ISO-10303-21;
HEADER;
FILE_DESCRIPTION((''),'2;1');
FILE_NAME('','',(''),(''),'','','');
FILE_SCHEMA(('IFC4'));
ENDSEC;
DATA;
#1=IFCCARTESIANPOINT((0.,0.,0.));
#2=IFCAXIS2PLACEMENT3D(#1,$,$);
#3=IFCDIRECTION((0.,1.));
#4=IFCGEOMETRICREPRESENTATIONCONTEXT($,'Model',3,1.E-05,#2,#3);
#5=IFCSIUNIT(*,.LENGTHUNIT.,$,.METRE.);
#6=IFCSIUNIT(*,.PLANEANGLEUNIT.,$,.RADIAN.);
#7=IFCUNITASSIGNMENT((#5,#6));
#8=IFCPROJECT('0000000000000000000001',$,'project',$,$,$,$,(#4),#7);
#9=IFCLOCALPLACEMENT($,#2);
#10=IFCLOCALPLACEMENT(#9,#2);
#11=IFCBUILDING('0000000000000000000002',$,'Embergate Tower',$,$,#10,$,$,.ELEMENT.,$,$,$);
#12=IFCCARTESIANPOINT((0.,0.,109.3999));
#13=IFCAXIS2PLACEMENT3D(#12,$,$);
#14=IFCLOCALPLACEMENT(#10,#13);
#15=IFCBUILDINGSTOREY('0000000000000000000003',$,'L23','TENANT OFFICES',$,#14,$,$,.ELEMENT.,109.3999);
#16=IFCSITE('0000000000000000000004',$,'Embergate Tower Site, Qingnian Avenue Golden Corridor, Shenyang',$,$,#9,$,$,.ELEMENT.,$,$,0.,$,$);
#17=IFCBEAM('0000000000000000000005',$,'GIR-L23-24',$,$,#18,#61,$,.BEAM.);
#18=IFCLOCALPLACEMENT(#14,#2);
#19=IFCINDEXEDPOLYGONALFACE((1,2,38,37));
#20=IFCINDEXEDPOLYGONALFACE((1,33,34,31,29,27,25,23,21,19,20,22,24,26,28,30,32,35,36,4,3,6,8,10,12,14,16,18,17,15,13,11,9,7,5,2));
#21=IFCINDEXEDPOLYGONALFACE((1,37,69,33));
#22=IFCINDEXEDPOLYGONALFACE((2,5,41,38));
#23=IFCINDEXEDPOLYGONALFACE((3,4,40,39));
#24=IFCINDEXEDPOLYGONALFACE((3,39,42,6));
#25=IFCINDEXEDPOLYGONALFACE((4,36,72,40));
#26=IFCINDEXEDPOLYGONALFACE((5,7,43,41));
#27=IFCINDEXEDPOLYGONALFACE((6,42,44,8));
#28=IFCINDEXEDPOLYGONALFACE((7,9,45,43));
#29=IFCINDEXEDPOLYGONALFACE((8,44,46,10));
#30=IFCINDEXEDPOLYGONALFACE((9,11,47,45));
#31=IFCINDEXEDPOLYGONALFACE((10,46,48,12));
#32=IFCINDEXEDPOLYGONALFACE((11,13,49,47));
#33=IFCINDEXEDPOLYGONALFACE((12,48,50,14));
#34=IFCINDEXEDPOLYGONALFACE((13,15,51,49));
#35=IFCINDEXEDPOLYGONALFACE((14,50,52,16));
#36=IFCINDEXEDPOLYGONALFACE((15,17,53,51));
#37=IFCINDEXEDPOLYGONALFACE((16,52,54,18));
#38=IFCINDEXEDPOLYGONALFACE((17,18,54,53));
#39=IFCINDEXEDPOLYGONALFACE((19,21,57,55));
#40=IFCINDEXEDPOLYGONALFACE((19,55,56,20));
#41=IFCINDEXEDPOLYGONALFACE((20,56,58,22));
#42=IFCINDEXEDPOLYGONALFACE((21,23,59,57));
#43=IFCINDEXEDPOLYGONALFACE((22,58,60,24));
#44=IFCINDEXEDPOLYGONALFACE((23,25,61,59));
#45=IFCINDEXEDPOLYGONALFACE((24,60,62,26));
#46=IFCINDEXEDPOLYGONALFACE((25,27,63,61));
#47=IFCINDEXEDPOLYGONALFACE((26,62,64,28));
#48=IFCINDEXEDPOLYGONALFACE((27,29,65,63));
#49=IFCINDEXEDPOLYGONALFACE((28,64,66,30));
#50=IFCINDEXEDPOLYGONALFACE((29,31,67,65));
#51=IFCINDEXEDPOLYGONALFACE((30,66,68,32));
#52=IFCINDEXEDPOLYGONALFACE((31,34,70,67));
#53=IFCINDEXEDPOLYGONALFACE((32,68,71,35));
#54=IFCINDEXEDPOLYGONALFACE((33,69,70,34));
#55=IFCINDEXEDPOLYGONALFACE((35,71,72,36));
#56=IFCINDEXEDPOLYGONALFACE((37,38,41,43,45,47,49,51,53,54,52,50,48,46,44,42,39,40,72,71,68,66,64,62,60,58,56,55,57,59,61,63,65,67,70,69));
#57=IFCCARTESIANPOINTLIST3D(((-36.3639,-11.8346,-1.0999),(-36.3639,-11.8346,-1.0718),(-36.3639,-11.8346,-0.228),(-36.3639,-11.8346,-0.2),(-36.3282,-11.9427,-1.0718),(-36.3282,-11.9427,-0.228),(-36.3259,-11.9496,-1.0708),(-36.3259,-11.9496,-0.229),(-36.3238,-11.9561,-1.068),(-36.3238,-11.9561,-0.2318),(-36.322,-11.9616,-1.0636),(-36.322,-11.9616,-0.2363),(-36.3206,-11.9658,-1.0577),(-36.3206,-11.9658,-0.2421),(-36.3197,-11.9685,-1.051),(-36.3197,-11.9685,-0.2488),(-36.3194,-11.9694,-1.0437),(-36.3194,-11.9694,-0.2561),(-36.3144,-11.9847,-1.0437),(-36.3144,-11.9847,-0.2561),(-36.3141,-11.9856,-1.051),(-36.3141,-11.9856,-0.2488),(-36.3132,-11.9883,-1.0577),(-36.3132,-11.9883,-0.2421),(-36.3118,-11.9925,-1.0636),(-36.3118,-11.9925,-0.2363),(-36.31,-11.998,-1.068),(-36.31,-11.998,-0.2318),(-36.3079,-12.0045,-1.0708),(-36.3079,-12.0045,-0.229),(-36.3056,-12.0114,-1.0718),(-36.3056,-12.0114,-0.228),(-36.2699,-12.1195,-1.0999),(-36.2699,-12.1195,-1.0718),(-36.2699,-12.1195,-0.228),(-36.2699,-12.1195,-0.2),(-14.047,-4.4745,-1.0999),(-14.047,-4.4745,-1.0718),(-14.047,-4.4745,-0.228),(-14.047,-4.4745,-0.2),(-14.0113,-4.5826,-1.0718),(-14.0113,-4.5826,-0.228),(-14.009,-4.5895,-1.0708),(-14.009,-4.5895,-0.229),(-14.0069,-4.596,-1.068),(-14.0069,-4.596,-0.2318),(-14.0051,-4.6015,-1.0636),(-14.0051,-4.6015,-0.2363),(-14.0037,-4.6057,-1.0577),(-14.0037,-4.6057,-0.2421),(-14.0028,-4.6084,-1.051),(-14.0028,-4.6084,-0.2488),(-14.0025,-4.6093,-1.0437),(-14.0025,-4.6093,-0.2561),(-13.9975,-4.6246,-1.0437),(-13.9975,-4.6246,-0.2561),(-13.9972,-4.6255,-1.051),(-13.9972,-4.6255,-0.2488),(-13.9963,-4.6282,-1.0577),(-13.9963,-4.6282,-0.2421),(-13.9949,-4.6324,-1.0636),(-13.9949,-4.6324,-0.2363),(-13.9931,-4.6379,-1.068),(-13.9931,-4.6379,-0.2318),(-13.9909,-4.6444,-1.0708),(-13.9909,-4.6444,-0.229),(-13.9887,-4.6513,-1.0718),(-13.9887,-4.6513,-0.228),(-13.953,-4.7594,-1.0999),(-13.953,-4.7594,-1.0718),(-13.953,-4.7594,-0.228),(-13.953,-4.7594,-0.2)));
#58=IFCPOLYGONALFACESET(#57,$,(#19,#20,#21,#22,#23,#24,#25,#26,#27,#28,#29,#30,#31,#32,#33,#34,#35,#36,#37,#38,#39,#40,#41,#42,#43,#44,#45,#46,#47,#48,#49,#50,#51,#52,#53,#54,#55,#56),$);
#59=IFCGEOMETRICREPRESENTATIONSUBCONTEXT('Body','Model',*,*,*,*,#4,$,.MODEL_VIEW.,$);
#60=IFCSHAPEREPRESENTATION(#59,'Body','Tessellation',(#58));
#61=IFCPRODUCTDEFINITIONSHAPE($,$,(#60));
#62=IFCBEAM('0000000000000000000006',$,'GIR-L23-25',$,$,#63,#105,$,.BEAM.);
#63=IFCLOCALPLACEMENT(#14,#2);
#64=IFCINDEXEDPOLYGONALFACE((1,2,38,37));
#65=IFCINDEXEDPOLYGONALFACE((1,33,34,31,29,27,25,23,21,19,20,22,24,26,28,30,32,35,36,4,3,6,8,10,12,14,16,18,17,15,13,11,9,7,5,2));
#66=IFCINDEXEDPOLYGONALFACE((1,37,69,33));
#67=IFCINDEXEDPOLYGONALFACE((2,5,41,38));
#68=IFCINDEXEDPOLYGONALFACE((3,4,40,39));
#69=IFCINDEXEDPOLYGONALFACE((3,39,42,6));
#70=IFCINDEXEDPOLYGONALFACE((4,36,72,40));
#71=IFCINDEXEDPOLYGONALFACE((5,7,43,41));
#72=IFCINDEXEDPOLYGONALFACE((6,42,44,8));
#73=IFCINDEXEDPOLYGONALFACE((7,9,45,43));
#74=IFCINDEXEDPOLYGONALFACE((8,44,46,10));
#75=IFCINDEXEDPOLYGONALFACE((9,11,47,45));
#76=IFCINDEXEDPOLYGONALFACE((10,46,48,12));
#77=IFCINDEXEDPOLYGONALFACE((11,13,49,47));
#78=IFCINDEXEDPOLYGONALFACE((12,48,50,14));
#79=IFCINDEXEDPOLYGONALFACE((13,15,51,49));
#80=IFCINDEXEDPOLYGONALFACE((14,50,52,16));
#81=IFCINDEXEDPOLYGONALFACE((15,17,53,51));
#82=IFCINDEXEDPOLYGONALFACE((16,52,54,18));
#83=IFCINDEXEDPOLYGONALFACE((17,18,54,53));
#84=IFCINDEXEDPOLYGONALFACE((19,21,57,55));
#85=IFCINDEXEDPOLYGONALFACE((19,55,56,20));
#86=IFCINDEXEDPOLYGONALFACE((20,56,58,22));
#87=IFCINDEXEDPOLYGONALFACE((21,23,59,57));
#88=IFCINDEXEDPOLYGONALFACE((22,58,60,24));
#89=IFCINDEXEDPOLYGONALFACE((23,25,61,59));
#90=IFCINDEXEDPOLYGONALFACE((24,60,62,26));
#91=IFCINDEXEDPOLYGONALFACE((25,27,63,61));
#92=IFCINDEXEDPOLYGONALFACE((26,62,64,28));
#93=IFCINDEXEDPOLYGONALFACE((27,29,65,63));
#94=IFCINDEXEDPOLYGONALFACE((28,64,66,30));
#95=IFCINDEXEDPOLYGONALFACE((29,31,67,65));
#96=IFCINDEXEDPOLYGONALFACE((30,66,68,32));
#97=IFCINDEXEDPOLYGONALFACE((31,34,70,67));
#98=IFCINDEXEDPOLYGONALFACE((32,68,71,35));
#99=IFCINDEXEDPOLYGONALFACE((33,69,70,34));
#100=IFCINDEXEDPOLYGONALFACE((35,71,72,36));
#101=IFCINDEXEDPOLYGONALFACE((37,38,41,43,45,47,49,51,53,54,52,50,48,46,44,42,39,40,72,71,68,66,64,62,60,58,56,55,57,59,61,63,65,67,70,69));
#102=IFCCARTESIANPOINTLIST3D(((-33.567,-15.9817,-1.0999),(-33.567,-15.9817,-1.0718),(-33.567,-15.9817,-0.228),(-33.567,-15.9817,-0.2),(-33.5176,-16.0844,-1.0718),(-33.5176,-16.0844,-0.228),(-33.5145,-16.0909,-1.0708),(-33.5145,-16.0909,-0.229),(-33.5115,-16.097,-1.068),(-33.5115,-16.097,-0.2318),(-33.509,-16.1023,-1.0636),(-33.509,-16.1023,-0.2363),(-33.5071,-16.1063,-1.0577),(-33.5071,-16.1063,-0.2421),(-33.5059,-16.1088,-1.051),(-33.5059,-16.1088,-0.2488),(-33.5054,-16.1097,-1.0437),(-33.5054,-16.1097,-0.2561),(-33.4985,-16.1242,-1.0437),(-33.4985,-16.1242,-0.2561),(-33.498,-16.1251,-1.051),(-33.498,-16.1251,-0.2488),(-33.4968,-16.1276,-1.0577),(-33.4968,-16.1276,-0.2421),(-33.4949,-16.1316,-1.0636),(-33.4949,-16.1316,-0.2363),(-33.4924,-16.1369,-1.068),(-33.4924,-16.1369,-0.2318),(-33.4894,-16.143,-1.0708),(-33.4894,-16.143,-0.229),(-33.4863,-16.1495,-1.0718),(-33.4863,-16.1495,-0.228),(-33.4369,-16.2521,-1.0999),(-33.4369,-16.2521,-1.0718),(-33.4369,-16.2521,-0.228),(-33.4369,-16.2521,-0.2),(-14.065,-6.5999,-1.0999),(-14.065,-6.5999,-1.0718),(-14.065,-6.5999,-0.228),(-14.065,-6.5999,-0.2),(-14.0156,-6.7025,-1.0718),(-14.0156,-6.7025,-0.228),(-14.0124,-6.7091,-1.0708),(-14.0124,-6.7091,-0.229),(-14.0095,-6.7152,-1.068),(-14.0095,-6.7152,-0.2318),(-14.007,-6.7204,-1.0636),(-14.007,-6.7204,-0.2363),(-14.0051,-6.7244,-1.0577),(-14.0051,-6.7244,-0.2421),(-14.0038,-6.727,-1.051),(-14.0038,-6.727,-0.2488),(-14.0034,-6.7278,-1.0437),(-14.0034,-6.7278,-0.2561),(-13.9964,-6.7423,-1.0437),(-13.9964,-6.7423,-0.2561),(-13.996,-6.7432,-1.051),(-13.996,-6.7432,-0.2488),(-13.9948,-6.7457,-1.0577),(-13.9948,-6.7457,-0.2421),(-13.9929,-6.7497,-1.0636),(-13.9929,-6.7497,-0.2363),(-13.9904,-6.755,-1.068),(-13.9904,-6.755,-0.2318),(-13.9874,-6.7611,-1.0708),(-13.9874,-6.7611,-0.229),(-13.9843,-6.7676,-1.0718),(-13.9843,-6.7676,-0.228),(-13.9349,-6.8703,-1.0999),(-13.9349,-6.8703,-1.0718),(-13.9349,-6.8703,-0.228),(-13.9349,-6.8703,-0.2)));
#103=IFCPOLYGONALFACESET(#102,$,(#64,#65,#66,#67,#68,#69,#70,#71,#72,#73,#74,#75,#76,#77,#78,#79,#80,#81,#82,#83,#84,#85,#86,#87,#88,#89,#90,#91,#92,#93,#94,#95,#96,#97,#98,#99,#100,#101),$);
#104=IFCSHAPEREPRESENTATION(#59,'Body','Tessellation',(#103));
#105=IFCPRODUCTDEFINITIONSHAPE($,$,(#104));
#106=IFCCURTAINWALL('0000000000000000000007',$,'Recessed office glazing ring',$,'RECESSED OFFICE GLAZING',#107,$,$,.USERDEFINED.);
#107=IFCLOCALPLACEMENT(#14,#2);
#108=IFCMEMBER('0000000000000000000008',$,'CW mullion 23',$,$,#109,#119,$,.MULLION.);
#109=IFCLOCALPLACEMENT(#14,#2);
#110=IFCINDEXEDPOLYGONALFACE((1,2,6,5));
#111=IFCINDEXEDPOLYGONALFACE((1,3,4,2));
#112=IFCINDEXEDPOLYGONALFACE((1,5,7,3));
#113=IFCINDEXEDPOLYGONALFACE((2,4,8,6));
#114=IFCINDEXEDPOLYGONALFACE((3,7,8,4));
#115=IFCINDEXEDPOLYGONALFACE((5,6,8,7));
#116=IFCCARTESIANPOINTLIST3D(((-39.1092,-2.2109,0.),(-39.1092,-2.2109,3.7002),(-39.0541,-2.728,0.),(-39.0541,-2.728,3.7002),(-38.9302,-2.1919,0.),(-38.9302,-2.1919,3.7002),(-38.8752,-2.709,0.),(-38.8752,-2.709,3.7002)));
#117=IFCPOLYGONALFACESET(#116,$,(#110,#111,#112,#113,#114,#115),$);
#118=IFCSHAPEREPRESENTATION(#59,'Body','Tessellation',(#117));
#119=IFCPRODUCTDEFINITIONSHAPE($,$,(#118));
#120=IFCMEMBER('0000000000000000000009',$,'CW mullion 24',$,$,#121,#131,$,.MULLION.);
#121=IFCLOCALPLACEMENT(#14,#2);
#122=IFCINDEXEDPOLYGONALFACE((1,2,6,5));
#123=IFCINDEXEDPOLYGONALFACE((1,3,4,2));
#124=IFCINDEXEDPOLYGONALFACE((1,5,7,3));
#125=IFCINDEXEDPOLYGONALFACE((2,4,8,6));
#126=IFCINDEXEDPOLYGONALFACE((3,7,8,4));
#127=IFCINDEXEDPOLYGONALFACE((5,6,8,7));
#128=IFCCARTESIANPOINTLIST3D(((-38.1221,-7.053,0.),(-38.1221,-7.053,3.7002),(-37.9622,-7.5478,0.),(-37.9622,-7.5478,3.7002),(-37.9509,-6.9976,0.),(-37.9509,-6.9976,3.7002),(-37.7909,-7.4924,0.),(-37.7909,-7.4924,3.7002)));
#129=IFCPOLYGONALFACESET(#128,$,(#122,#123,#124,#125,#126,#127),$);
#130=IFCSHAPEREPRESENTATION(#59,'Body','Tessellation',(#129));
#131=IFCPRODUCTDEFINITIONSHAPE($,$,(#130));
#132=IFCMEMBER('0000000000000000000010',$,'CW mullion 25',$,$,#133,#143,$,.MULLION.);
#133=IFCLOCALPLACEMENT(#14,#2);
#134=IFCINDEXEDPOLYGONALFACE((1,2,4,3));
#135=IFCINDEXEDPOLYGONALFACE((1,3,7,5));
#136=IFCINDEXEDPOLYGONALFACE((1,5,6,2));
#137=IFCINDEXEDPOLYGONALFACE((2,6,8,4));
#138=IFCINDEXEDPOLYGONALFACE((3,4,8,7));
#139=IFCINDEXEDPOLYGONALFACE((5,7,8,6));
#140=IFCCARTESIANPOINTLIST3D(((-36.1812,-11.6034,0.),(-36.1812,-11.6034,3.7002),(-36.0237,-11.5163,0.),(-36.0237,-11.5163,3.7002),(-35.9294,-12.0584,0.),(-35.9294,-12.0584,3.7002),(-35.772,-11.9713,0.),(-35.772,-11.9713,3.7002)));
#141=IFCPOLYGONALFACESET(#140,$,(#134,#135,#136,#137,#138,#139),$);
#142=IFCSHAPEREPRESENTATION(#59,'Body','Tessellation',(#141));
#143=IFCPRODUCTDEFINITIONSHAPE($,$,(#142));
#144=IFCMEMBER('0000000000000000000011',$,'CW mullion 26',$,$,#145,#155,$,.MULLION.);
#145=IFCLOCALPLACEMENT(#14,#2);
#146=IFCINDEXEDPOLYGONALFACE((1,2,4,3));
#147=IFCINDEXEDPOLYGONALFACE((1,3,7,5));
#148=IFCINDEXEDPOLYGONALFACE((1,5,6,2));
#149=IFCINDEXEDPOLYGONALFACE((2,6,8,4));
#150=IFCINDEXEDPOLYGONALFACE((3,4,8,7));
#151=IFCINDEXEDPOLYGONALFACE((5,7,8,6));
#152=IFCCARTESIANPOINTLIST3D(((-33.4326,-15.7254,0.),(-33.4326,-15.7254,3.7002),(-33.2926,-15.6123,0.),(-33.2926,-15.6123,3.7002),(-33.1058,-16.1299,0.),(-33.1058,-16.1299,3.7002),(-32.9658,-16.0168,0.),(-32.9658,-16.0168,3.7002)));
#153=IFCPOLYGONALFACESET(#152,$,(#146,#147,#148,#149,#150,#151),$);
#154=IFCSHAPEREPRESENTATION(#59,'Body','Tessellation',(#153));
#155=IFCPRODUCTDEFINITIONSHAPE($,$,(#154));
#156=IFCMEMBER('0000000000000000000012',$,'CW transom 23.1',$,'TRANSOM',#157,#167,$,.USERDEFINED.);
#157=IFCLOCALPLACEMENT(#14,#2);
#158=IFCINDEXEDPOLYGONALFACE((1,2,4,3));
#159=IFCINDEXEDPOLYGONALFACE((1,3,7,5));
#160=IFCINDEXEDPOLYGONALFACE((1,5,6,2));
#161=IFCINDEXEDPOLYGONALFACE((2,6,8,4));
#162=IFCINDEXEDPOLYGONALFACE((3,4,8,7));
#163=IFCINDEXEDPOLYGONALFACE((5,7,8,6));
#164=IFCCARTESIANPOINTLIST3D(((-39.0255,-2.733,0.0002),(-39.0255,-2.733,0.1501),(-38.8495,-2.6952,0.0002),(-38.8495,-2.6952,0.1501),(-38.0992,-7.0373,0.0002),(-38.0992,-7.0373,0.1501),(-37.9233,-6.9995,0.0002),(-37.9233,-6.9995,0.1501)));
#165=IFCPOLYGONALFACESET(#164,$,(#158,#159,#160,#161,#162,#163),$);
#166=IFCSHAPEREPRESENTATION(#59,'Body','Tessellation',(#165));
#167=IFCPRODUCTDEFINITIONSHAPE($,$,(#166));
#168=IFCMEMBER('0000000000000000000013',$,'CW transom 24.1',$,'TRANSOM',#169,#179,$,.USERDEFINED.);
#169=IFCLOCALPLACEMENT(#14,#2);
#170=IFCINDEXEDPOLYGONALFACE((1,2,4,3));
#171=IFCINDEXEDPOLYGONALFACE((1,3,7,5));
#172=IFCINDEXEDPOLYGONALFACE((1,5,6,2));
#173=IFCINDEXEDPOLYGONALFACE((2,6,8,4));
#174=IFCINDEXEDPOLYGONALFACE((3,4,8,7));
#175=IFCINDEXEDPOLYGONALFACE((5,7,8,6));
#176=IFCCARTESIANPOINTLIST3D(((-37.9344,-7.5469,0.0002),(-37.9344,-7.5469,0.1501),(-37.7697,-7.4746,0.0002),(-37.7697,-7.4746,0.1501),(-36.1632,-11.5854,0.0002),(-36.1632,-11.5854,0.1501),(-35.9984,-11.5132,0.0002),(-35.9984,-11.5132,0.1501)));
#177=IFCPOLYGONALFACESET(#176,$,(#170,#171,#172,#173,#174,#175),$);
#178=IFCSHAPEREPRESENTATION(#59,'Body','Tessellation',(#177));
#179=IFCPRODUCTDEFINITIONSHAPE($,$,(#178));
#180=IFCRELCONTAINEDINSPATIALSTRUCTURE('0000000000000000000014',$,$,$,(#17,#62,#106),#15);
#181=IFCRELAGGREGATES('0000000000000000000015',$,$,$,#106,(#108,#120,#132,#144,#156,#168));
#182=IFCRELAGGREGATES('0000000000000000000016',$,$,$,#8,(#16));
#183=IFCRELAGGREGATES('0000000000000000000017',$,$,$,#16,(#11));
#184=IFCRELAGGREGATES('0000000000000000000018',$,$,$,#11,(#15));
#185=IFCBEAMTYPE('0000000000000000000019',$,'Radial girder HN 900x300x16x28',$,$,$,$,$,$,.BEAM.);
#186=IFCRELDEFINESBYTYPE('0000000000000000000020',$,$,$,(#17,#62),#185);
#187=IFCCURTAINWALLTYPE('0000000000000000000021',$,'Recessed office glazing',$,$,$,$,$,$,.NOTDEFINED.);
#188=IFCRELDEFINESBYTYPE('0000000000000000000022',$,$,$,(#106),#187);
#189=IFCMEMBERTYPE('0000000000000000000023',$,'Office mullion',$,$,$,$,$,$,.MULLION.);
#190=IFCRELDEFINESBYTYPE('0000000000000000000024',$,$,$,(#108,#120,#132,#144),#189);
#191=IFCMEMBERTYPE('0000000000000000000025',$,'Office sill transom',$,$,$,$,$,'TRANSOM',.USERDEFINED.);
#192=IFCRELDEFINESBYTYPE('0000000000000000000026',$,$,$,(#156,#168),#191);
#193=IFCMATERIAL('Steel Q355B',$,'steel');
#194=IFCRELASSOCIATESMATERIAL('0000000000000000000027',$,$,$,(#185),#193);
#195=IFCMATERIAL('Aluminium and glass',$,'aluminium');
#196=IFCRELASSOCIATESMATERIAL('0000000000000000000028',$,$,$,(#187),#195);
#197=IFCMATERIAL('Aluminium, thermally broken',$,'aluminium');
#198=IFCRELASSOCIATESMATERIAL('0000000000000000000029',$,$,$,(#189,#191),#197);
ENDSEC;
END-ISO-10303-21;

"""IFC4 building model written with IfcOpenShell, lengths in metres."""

from ifc_helpers import new_model, si_unit, direction, frame, origin, origin_2d, place, context, subcontext, project, spatial, rectangle, i_section, extrude, source, transform, mapped, material, material_profile, profile_set, type_object, element, aggregate, save


model = new_model("IFC4")

# Units and contexts
model_context = context("Model", 3, precision=1e-05, world=origin(), true_north=direction((0.0, 1.0)))
body_context = subcontext(model_context, "Body", "Model", "MODEL_VIEW")
ifc_project = project(units=[si_unit("LENGTHUNIT", "METRE"), si_unit("PLANEANGLEUNIT", "RADIAN")], contexts=[model_context])

# Site, building, storey
site_placement = place(None, origin())
site = spatial("IfcSite", under=ifc_project, at=site_placement, Name="Embergate Tower Site, Qingnian Avenue Golden Corridor, Shenyang", CompositionType="ELEMENT", RefElevation=0.0)
building_placement = place(site_placement, origin())
building = spatial("IfcBuilding", under=site, at=building_placement, Name="Embergate Tower", CompositionType="ELEMENT")
storey_placement = place(building_placement, frame((0.0, 0.0, 109.3999)))
storey = spatial("IfcBuildingStorey", under=building, at=storey_placement, Name="L23", Description="TENANT OFFICES", CompositionType="ELEMENT", Elevation=109.3999)

# Beams
ifc_material_1 = material(Name="Steel Q355B", Category="steel")
ifc_material_profile_1 = material_profile(ifc_material_1, i_section(OverallWidth=0.3, OverallDepth=0.8999, WebThickness=0.0161, FlangeThickness=0.0281, FilletRadius=0.0281, at=origin_2d()), Name="HN 900x300x16x28")
ifc_profile_set_1 = profile_set([ifc_material_profile_1], Name="Steel Q355 grade B")
beam_type_1 = type_object("IfcBeamType", Name="Radial girder HN 900x300x16x28", PredefinedType="BEAM", material=ifc_profile_set_1)
shared_shape_1 = source(origin(), body_context, "Body", "SweptSolid", [
    extrude(i_section(OverallWidth=0.3, OverallDepth=0.8999, WebThickness=0.0161, FlangeThickness=0.0281, FilletRadius=0.0281, at=origin_2d()), origin(), (0.0, 0.0, 1.0), 23.4993),
])
beam_1_placement = place(storey_placement, frame((-36.3169, -11.9771, -0.6499), z_axis=(0.949685, 0.313206, 0.0), x_axis=(-0.313206, 0.949685, 0.0)))
element("IfcBeam", 1, at=beam_1_placement, inside=storey, type_object=beam_type_1, Name="GIR-L23-24", PredefinedType="BEAM", context=body_context, shape_type="MappedRepresentation", body=[
    mapped(shared_shape_1, transform((0.0, 0.0, 0.0))),
])
shared_shape_2 = source(origin(), body_context, "Body", "SweptSolid", [
    extrude(i_section(OverallWidth=0.3, OverallDepth=0.8999, WebThickness=0.0161, FlangeThickness=0.0281, FilletRadius=0.0281, at=origin_2d()), origin(), (0.0, 0.0, 1.0), 21.6414),
])
beam_2_placement = place(storey_placement, frame((-33.502, -16.1169, -0.6499), z_axis=(0.901146, 0.433516, 0.0), x_axis=(-0.433516, 0.901146, 0.0)))
element("IfcBeam", 2, at=beam_2_placement, inside=storey, type_object=beam_type_1, Name="GIR-L23-25", PredefinedType="BEAM", context=body_context, shape_type="MappedRepresentation", body=[
    mapped(shared_shape_2, transform((0.0, 0.0, 0.0))),
])

# Curtain wall, members
ifc_material_2 = material(Name="Aluminium and glass", Category="aluminium")
curtain_wall_type = type_object("IfcCurtainWallType", Name="Recessed office glazing", PredefinedType="NOTDEFINED", material=ifc_material_2)
curtain_wall_placement = place(storey_placement, origin())
curtain_wall = element("IfcCurtainWall", 3, at=curtain_wall_placement, inside=storey, type_object=curtain_wall_type, Name="Recessed office glazing ring", ObjectType="RECESSED OFFICE GLAZING", PredefinedType="USERDEFINED")
ifc_material_3 = material(Name="Aluminium, thermally broken", Category="aluminium")
ifc_material_profile_2 = material_profile(ifc_material_3, rectangle(XDim=0.1799, YDim=0.52, at=origin_2d()), Name="AL 520x180")
ifc_profile_set_2 = profile_set([ifc_material_profile_2], Name="Aluminium, thermally broken")
member_type_1 = type_object("IfcMemberType", Name="Office mullion", PredefinedType="MULLION", material=ifc_profile_set_2)
shared_shape_3 = source(origin(), body_context, "Body", "SweptSolid", [
    extrude(rectangle(XDim=0.1799, YDim=0.52, at=origin_2d()), origin(), (0.0, 0.0, 1.0), 3.7002),
])
member_1_placement = place(storey_placement, frame((-38.9922, -2.46, 0.0), z_axis=(0.0, 0.0, 1.0), x_axis=(0.994385, 0.10582, 0.0)))
member_1 = element("IfcMember", 4, at=member_1_placement, type_object=member_type_1, Name="CW mullion 23", PredefinedType="MULLION", context=body_context, shape_type="MappedRepresentation", body=[
    mapped(shared_shape_3, transform((0.0, 0.0, 0.0))),
])
member_2_placement = place(storey_placement, frame((-37.9565, -7.2727, 0.0), z_axis=(0.0, 0.0, 1.0), x_axis=(0.951502, 0.307644, 0.0)))
member_2 = element("IfcMember", 5, at=member_2_placement, type_object=member_type_1, Name="CW mullion 24", PredefinedType="MULLION", context=body_context, shape_type="MappedRepresentation", body=[
    mapped(shared_shape_3, transform((0.0, 0.0, 0.0))),
])
member_3_placement = place(storey_placement, frame((-35.9766, -11.7874, 0.0), z_axis=(0.0, 0.0, 1.0), x_axis=(0.87501, 0.484106, 0.0)))
member_3 = element("IfcMember", 6, at=member_3_placement, type_object=member_type_1, Name="CW mullion 25", PredefinedType="MULLION", context=body_context, shape_type="MappedRepresentation", body=[
    mapped(shared_shape_3, transform((0.0, 0.0, 0.0))),
])
member_4_placement = place(storey_placement, frame((-33.1992, -15.8711, 0.0), z_axis=(0.0, 0.0, 1.0), x_axis=(0.777884, 0.628408, 0.0)))
member_4 = element("IfcMember", 7, at=member_4_placement, type_object=member_type_1, Name="CW mullion 26", PredefinedType="MULLION", context=body_context, shape_type="MappedRepresentation", body=[
    mapped(shared_shape_3, transform((0.0, 0.0, 0.0))),
])
ifc_material_profile_3 = material_profile(ifc_material_3, rectangle(XDim=0.1799, YDim=0.1499, at=origin_2d()), Name="AL 150x180")
ifc_profile_set_3 = profile_set([ifc_material_profile_3], Name="Aluminium, thermally broken")
member_type_2 = type_object("IfcMemberType", Name="Office sill transom", ElementType="TRANSOM", PredefinedType="USERDEFINED", material=ifc_profile_set_3)
shared_shape_4 = source(origin(), body_context, "Body", "SweptSolid", [
    extrude(rectangle(XDim=0.1799, YDim=0.1499, at=origin_2d()), origin(), (0.0, 0.0, 1.0), 4.4028),
])
member_5_placement = place(storey_placement, frame((-38.9375, -2.7141, 0.0752), z_axis=(0.210385, -0.977619, 0.0), x_axis=(0.977619, 0.210385, 0.0)))
member_5 = element("IfcMember", 8, at=member_5_placement, type_object=member_type_2, Name="CW transom 23.1", ObjectType="TRANSOM", PredefinedType="USERDEFINED", context=body_context, shape_type="MappedRepresentation", body=[
    mapped(shared_shape_4, transform((0.0, 0.0, 0.0))),
])
shared_shape_5 = source(origin(), body_context, "Body", "SweptSolid", [
    extrude(rectangle(XDim=0.1799, YDim=0.1499, at=origin_2d()), origin(), (0.0, 0.0, 1.0), 4.4099),
])
member_6_placement = place(storey_placement, frame((-37.8521, -7.5107, 0.0752), z_axis=(0.401649, -0.915794, 0.0), x_axis=(0.915794, 0.401649, 0.0)))
member_6 = element("IfcMember", 9, at=member_6_placement, type_object=member_type_2, Name="CW transom 24.1", ObjectType="TRANSOM", PredefinedType="USERDEFINED", context=body_context, shape_type="MappedRepresentation", body=[
    mapped(shared_shape_5, transform((0.0, 0.0, 0.0))),
])
aggregate(curtain_wall, [member_1, member_2, member_3, member_4, member_5, member_6])

save(model, "model.ifc")
